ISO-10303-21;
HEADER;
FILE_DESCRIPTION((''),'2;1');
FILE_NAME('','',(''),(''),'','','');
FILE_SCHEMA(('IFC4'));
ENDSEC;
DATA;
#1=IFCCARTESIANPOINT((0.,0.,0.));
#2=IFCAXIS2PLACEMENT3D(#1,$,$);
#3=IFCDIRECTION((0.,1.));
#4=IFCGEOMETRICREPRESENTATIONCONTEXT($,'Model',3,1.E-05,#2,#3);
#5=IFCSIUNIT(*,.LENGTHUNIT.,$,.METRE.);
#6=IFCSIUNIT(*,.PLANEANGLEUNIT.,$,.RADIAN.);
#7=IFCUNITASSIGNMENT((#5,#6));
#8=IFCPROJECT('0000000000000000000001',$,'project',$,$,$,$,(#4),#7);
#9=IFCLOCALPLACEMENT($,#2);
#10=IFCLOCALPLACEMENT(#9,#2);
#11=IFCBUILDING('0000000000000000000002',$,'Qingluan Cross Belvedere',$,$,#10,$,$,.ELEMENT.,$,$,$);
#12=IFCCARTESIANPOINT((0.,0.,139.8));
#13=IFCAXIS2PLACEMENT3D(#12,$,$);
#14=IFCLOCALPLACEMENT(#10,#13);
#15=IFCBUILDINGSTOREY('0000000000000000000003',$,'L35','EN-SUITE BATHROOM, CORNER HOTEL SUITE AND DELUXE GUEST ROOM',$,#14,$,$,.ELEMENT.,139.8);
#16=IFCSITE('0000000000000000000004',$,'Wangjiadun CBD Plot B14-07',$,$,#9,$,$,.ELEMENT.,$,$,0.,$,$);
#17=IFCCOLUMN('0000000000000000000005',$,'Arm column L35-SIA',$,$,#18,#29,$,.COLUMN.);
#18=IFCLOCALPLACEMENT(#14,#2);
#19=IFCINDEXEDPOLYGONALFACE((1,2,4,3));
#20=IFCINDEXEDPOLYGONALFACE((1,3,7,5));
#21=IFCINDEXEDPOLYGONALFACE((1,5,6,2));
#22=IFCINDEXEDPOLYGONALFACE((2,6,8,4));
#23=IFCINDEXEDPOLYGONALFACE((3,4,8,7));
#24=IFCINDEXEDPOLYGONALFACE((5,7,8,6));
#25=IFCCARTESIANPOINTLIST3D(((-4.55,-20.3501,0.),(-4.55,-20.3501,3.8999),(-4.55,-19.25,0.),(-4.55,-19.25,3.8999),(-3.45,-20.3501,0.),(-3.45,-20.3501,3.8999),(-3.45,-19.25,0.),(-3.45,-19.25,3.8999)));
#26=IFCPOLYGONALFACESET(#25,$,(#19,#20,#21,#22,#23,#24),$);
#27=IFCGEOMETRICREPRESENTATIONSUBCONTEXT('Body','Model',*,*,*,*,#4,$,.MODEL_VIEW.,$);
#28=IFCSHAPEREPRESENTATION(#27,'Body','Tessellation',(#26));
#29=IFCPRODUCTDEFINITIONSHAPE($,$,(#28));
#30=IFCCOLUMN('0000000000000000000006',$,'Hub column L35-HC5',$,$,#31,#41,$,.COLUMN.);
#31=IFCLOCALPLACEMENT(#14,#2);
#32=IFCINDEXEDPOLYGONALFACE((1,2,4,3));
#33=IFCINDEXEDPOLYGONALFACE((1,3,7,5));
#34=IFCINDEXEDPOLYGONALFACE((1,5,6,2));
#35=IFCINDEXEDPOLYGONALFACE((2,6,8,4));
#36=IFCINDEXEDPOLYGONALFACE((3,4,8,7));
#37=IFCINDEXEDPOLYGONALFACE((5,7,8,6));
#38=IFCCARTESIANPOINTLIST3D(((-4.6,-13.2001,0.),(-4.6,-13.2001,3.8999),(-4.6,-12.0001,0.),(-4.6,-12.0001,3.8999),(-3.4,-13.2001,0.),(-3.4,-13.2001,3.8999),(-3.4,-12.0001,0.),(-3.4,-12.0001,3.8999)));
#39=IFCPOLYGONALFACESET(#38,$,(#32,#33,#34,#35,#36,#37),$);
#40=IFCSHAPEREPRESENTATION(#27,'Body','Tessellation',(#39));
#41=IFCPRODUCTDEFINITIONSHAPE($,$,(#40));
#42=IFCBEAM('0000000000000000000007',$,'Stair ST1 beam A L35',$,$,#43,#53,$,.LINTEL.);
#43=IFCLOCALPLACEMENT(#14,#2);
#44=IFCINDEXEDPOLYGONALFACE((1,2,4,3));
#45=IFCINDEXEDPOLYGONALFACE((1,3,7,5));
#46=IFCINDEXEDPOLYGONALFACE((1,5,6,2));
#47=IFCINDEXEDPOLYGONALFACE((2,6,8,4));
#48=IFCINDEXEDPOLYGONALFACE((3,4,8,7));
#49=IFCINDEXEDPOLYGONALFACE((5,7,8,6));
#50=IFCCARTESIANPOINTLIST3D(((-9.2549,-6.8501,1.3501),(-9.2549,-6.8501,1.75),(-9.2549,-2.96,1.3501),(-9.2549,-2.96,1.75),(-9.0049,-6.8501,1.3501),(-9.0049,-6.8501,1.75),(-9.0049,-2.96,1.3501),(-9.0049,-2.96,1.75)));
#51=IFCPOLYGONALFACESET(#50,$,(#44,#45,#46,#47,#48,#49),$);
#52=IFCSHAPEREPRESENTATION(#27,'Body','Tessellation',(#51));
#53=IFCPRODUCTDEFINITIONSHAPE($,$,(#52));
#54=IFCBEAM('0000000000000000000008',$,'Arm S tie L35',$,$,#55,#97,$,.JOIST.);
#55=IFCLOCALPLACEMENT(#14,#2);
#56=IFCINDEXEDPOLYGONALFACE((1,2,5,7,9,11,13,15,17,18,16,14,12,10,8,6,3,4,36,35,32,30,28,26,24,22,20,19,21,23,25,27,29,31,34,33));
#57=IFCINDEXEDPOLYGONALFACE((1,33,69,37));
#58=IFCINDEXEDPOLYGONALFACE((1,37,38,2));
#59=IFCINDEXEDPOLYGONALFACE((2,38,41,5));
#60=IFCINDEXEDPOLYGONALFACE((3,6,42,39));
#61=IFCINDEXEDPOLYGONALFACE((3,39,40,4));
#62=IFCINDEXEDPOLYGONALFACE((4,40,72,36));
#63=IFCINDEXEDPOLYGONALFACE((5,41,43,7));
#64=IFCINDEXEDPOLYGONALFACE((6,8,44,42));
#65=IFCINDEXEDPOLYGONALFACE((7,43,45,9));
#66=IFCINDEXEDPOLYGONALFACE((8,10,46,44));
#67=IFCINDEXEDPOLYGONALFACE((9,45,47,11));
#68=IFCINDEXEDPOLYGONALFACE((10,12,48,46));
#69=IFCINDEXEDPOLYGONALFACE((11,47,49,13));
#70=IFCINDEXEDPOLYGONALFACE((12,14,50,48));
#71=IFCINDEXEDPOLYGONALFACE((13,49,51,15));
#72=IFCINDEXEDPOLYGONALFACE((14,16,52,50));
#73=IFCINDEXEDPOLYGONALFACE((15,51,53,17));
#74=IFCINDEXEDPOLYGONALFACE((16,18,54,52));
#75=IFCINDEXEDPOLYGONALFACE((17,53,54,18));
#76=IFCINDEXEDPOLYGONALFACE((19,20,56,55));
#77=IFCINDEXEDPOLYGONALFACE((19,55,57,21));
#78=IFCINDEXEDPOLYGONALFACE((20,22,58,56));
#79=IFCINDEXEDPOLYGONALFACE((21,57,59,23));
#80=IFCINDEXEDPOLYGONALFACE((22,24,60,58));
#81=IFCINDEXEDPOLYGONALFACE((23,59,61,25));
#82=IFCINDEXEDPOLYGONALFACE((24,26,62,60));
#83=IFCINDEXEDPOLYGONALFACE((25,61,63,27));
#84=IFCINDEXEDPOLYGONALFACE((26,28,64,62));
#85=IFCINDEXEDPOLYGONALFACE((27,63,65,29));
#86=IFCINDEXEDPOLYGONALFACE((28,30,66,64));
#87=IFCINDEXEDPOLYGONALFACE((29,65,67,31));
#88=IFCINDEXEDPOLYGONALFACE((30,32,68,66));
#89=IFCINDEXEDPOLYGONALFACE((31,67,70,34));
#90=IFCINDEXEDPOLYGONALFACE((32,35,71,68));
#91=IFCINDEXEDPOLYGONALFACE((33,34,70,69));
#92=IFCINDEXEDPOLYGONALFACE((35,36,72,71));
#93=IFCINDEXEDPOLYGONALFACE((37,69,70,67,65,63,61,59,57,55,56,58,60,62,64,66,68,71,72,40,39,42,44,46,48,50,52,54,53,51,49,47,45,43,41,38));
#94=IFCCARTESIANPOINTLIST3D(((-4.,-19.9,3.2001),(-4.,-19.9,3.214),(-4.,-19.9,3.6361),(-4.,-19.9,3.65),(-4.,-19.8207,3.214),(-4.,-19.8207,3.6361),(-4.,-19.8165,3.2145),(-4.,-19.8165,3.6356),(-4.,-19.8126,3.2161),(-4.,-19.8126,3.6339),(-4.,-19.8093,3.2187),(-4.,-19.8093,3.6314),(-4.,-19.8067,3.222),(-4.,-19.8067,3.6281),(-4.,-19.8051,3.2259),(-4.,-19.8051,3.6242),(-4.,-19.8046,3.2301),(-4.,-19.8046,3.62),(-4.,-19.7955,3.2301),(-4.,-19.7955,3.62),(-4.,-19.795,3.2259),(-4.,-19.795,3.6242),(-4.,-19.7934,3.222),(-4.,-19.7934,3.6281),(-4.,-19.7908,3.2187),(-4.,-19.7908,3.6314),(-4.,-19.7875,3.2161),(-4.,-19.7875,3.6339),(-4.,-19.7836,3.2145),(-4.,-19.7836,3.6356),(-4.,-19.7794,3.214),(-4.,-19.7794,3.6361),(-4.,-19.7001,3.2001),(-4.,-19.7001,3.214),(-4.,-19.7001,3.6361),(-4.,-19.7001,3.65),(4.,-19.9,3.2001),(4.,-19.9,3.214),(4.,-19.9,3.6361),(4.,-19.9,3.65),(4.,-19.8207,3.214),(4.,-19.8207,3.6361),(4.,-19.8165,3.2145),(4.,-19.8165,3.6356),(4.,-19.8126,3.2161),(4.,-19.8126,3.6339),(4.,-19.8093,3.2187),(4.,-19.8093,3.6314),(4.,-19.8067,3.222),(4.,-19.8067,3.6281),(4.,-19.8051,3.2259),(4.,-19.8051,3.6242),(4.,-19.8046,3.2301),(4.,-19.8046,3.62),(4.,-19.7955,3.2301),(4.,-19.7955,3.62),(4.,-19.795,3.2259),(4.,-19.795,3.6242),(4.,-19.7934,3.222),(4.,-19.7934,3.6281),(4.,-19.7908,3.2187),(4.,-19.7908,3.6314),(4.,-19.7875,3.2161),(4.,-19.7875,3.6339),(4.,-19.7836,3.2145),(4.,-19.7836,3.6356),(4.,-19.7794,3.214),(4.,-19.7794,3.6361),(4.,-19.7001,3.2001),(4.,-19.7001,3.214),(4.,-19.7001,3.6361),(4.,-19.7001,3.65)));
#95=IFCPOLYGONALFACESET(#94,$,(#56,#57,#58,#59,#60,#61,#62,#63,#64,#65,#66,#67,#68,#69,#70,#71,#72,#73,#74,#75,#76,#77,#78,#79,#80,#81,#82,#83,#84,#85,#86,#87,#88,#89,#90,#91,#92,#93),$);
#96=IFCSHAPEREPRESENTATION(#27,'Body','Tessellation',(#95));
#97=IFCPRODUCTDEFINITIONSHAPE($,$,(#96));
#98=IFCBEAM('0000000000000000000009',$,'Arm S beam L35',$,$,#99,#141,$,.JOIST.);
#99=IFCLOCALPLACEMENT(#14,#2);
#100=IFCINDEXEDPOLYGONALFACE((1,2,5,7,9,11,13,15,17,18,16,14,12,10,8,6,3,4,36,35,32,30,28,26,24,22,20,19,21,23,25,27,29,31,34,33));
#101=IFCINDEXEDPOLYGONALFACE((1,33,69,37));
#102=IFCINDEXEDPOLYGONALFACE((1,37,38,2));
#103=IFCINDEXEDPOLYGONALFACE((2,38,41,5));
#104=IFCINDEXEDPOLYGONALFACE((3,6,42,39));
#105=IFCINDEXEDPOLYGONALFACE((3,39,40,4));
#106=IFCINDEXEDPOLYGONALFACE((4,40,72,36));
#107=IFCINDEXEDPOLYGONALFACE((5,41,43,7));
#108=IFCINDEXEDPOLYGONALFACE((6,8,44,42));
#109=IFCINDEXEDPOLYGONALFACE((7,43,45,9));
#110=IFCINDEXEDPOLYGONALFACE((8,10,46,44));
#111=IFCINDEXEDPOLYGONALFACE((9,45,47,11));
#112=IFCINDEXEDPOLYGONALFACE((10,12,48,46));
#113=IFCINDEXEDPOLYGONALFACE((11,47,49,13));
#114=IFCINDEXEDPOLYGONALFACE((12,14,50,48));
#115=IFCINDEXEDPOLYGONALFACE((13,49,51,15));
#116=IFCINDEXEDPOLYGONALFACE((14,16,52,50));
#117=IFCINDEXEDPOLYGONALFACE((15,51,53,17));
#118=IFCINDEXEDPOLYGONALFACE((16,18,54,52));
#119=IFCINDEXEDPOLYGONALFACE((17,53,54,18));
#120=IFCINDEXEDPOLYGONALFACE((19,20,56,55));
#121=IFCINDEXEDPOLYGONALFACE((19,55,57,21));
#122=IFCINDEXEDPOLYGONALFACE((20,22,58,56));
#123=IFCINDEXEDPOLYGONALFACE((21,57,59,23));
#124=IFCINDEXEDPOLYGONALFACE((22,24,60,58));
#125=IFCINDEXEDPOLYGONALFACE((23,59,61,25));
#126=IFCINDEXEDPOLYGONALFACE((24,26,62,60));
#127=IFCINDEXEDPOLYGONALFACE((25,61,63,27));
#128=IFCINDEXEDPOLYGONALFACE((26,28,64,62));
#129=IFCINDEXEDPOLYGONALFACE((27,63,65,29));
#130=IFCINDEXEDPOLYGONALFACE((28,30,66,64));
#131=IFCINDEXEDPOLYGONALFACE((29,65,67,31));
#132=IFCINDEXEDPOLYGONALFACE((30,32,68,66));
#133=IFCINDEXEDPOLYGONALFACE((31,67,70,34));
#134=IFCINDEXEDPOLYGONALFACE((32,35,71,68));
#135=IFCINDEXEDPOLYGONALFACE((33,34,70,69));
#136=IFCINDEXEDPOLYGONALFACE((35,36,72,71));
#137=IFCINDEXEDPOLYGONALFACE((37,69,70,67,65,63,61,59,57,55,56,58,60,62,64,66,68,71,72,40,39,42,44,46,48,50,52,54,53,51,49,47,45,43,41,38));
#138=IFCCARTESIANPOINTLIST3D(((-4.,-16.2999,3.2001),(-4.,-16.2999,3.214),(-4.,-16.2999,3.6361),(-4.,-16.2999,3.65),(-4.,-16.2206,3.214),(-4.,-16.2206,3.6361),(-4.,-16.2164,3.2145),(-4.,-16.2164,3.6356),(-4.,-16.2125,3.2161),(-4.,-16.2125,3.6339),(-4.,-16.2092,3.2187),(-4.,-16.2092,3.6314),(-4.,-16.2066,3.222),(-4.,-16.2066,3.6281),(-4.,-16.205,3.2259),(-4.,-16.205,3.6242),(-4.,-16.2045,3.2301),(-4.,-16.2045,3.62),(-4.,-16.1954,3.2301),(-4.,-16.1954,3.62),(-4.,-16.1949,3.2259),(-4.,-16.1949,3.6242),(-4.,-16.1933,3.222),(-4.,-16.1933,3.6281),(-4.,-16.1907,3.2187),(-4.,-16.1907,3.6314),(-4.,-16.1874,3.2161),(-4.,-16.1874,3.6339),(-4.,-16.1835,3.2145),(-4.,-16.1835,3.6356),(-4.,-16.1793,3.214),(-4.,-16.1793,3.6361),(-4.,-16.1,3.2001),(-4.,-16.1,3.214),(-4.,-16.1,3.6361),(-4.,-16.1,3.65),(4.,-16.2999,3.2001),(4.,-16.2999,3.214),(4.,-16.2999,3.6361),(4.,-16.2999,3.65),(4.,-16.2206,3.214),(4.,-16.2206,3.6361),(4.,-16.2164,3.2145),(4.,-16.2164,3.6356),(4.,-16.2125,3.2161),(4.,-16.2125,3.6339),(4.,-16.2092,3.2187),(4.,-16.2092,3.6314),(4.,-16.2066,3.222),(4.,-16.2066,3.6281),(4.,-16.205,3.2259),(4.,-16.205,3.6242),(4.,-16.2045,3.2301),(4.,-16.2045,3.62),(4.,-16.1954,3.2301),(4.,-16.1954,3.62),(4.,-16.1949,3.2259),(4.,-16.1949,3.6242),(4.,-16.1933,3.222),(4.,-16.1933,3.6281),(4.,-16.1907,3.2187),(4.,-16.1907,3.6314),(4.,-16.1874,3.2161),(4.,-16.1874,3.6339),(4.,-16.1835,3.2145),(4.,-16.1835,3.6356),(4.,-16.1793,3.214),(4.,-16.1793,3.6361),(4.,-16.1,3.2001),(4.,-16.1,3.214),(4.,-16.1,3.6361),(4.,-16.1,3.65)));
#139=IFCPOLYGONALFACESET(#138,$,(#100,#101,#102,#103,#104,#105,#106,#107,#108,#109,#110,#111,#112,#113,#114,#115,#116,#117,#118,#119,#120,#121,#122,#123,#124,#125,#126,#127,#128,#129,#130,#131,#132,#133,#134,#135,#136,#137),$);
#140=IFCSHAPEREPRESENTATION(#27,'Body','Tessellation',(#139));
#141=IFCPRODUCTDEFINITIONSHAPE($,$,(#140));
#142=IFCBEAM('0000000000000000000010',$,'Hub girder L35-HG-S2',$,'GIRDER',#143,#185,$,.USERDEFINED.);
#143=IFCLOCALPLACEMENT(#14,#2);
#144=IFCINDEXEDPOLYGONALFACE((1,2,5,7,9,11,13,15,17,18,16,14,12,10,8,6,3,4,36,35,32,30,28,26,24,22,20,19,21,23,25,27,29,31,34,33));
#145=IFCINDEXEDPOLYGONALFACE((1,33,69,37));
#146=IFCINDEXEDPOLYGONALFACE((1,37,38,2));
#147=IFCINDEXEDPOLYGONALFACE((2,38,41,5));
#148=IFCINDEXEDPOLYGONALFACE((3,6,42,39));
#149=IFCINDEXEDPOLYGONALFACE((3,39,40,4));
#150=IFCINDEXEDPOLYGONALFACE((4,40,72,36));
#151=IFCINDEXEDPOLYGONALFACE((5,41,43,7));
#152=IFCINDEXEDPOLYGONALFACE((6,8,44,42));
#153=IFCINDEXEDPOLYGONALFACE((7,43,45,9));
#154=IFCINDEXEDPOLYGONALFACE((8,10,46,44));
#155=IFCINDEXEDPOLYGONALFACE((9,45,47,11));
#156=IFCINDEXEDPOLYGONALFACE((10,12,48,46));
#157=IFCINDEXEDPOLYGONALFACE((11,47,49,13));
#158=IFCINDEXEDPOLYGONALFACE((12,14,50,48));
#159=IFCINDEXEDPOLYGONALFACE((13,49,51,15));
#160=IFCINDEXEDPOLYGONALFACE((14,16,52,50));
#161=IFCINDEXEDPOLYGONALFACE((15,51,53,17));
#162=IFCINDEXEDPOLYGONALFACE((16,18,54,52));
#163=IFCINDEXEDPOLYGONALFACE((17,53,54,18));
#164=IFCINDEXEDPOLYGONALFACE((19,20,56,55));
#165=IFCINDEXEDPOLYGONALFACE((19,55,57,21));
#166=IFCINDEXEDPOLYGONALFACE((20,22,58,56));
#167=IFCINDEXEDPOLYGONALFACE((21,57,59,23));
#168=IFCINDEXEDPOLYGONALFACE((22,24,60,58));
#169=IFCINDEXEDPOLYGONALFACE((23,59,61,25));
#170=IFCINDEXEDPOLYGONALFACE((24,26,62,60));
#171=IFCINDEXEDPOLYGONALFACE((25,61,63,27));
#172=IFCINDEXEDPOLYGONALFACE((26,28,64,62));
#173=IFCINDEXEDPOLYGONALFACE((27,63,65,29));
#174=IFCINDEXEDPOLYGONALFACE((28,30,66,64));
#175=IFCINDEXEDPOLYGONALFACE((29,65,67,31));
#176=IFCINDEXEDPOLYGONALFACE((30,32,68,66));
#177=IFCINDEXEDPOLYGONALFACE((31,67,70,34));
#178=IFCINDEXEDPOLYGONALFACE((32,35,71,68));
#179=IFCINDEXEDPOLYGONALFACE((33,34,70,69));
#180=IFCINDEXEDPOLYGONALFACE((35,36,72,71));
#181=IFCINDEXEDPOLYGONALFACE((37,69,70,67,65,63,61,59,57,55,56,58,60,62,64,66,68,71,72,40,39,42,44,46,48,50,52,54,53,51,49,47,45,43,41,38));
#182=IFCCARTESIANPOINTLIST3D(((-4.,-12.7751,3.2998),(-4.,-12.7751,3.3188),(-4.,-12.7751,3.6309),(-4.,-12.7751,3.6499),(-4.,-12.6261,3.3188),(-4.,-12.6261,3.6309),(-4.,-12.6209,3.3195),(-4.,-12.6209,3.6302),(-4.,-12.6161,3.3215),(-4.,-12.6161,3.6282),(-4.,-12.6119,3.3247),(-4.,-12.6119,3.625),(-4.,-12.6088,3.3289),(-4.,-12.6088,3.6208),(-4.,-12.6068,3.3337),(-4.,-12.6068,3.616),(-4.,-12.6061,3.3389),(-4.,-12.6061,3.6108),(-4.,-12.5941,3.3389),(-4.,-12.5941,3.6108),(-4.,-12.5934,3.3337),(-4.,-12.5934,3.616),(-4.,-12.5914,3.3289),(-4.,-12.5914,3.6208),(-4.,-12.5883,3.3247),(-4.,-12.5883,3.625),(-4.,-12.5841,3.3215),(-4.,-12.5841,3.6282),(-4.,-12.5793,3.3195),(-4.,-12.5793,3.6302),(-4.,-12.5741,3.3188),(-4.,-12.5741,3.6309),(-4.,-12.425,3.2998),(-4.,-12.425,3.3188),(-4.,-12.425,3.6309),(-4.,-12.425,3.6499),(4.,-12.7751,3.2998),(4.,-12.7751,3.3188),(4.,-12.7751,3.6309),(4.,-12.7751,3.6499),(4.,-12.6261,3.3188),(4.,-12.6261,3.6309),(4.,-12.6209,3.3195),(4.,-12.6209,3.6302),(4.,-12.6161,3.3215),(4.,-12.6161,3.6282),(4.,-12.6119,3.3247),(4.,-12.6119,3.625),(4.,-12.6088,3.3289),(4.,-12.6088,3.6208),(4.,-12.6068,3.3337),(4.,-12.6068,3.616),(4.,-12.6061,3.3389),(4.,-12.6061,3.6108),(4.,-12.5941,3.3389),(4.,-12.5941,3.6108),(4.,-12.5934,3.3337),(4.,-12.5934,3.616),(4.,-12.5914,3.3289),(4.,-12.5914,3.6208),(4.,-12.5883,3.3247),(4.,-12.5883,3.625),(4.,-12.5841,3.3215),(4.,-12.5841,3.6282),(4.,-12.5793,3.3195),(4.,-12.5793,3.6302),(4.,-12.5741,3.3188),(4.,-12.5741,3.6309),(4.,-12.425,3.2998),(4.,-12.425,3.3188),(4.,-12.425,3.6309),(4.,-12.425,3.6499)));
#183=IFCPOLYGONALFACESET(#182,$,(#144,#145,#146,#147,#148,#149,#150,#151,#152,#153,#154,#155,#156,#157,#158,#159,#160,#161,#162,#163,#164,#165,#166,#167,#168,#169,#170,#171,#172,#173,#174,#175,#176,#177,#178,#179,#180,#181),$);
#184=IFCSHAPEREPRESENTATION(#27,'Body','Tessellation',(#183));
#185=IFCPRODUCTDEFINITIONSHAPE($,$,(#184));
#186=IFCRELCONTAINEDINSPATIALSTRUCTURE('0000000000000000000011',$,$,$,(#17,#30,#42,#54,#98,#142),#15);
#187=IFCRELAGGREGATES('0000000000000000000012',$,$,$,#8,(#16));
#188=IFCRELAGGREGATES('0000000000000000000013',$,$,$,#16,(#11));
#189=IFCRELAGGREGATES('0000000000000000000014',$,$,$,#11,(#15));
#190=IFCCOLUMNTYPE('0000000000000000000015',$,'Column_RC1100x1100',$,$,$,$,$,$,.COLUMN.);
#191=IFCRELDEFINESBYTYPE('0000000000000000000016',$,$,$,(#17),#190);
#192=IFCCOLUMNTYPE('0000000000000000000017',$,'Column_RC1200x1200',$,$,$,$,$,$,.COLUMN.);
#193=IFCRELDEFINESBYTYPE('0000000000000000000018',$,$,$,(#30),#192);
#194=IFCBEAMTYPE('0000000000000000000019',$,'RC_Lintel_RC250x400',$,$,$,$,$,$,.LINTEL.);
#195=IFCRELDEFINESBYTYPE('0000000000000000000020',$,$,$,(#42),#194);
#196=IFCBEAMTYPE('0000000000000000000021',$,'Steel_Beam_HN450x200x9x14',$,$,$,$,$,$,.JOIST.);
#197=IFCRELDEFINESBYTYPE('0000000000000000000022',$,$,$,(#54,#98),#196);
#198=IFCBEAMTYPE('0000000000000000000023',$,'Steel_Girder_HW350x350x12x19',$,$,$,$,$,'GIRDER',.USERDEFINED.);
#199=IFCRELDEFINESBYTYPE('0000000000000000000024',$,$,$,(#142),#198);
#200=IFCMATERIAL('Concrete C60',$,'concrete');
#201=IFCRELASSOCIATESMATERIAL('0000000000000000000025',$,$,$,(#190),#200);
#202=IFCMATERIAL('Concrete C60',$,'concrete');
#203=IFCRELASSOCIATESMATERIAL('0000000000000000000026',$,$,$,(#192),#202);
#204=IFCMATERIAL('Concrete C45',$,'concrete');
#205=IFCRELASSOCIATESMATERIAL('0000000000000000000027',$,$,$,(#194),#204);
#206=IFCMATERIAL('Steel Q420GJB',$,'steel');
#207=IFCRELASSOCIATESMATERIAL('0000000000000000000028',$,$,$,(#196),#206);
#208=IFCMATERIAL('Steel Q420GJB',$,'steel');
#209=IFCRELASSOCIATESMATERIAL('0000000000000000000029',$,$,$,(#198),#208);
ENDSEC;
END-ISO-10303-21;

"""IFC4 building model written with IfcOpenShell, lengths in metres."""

from ifc_helpers import new_model, si_unit, direction, frame, origin, origin_2d, place, context, subcontext, project, spatial, rectangle, i_section, extrude, material, material_profile, profile_set, type_object, element, save


model = new_model("IFC4")

# Units and contexts
model_context = context("Model", 3, precision=1e-05, world=origin(), true_north=direction((0.0, 1.0)))
body_context = subcontext(model_context, "Body", "Model", "MODEL_VIEW")
ifc_project = project(units=[si_unit("LENGTHUNIT", "METRE"), si_unit("PLANEANGLEUNIT", "RADIAN")], contexts=[model_context])

# Site, building, storey
site_placement = place(None, origin())
site = spatial("IfcSite", under=ifc_project, at=site_placement, Name="Wangjiadun CBD Plot B14-07", CompositionType="ELEMENT", RefElevation=0.0)
building_placement = place(site_placement, origin())
building = spatial("IfcBuilding", under=site, at=building_placement, Name="Qingluan Cross Belvedere", CompositionType="ELEMENT")
storey_placement = place(building_placement, frame((0.0, 0.0, 139.8)))
storey = spatial("IfcBuildingStorey", under=building, at=storey_placement, Name="L35", Description="EN-SUITE BATHROOM, CORNER HOTEL SUITE AND DELUXE GUEST ROOM", CompositionType="ELEMENT", Elevation=139.8)

# Columns
ifc_material_1 = material(Name="Concrete C60", Category="concrete")
ifc_material_profile_1 = material_profile(ifc_material_1, rectangle(XDim=1.1001, YDim=1.1001, at=origin_2d()), Name="RC1100x1100")
ifc_profile_set_1 = profile_set([ifc_material_profile_1], Name="Concrete C60")
column_type_1 = type_object("IfcColumnType", Name="Column_RC1100x1100", PredefinedType="COLUMN", material=ifc_profile_set_1)
column_1_placement = place(storey_placement, frame((-4.0, -19.8, 0.0), z_axis=(0.0, 0.0, 1.0), x_axis=(1.0, 0.0, 0.0)))
element("IfcColumn", 1, at=column_1_placement, inside=storey, type_object=column_type_1, Name="Arm column L35-SIA", PredefinedType="COLUMN", context=body_context, shape_type="SweptSolid", body=[
    extrude(rectangle(XDim=1.1001, YDim=1.1001, at=origin_2d()), origin(), (0.0, 0.0, 1.0), 3.8999),
])
ifc_material_2 = material(Name="Concrete C60", Category="concrete")
ifc_material_profile_2 = material_profile(ifc_material_2, rectangle(XDim=1.2, YDim=1.2, at=origin_2d()), Name="RC1200x1200")
ifc_profile_set_2 = profile_set([ifc_material_profile_2], Name="Concrete C60")
column_type_2 = type_object("IfcColumnType", Name="Column_RC1200x1200", PredefinedType="COLUMN", material=ifc_profile_set_2)
column_2_placement = place(storey_placement, frame((-4.0, -12.6001, 0.0), z_axis=(0.0, 0.0, 1.0), x_axis=(1.0, 0.0, 0.0)))
element("IfcColumn", 2, at=column_2_placement, inside=storey, type_object=column_type_2, Name="Hub column L35-HC5", PredefinedType="COLUMN", context=body_context, shape_type="SweptSolid", body=[
    extrude(rectangle(XDim=1.2, YDim=1.2, at=origin_2d()), origin(), (0.0, 0.0, 1.0), 3.8999),
])

# Beams
ifc_material_3 = material(Name="Concrete C45", Category="concrete")
ifc_material_profile_3 = material_profile(ifc_material_3, rectangle(XDim=0.25, YDim=0.3999, at=origin_2d()), Name="RC250x400")
ifc_profile_set_3 = profile_set([ifc_material_profile_3], Name="Concrete C45")
beam_type_1 = type_object("IfcBeamType", Name="RC_Lintel_RC250x400", PredefinedType="LINTEL", material=ifc_profile_set_3)
beam_1_placement = place(storey_placement, frame((-9.1299, -6.8501, 1.55), z_axis=(0.0, 1.0, 0.0), x_axis=(-1.0, 0.0, 0.0)))
element("IfcBeam", 3, at=beam_1_placement, inside=storey, type_object=beam_type_1, Name="Stair ST1 beam A L35", PredefinedType="LINTEL", context=body_context, shape_type="SweptSolid", body=[
    extrude(rectangle(XDim=0.25, YDim=0.3999, at=origin_2d()), origin(), (0.0, 0.0, 1.0), 3.8901),
])
ifc_material_4 = material(Name="Steel Q420GJB", Category="steel")
ifc_material_profile_4 = material_profile(ifc_material_4, i_section(OverallWidth=0.2, OverallDepth=0.45, WebThickness=0.009, FlangeThickness=0.0139, FilletRadius=0.0161, at=origin_2d()), Name="HN450x200x9x14")
ifc_profile_set_4 = profile_set([ifc_material_profile_4], Name="Steel Q420GJB")
beam_type_2 = type_object("IfcBeamType", Name="Steel_Beam_HN450x200x9x14", PredefinedType="JOIST", material=ifc_profile_set_4)
for number, where, z_axis, x_axis, name in (
    (4, (-4.0, -19.8, 3.425), (1.0, 0.0, 0.0), (0.0, 1.0, 0.0), "Arm S tie L35"),
    (5, (-4.0, -16.2, 3.425), (1.0, 0.0, 0.0), (0.0, 1.0, 0.0), "Arm S beam L35"),
):
    element("IfcBeam", number, at=place(storey_placement, frame(where, z_axis=z_axis, x_axis=x_axis)), inside=storey, type_object=beam_type_2, Name=name, PredefinedType="JOIST", context=body_context, shape_type="SweptSolid", body=[
        extrude(i_section(OverallWidth=0.2, OverallDepth=0.45, WebThickness=0.009, FlangeThickness=0.0139, FilletRadius=0.0161, at=origin_2d()), origin(), (0.0, 0.0, 1.0), 8.0),
    ])
ifc_material_5 = material(Name="Steel Q420GJB", Category="steel")
ifc_material_profile_5 = material_profile(ifc_material_5, i_section(OverallWidth=0.3501, OverallDepth=0.3501, WebThickness=0.012, FlangeThickness=0.019, FilletRadius=0.02, at=origin_2d()), Name="HW350x350x12x19")
ifc_profile_set_5 = profile_set([ifc_material_profile_5], Name="Steel Q420GJB")
beam_type_3 = type_object("IfcBeamType", Name="Steel_Girder_HW350x350x12x19", ElementType="GIRDER", PredefinedType="USERDEFINED", material=ifc_profile_set_5)
beam_2_placement = place(storey_placement, frame((-4.0, -12.6001, 3.4749), z_axis=(1.0, 0.0, 0.0), x_axis=(0.0, 1.0, 0.0)))
element("IfcBeam", 6, at=beam_2_placement, inside=storey, type_object=beam_type_3, Name="Hub girder L35-HG-S2", ObjectType="GIRDER", PredefinedType="USERDEFINED", context=body_context, shape_type="SweptSolid", body=[
    extrude(i_section(OverallWidth=0.3501, OverallDepth=0.3501, WebThickness=0.012, FlangeThickness=0.019, FilletRadius=0.02, at=origin_2d()), origin(), (0.0, 0.0, 1.0), 8.0),
])

save(model, "model.ifc")
